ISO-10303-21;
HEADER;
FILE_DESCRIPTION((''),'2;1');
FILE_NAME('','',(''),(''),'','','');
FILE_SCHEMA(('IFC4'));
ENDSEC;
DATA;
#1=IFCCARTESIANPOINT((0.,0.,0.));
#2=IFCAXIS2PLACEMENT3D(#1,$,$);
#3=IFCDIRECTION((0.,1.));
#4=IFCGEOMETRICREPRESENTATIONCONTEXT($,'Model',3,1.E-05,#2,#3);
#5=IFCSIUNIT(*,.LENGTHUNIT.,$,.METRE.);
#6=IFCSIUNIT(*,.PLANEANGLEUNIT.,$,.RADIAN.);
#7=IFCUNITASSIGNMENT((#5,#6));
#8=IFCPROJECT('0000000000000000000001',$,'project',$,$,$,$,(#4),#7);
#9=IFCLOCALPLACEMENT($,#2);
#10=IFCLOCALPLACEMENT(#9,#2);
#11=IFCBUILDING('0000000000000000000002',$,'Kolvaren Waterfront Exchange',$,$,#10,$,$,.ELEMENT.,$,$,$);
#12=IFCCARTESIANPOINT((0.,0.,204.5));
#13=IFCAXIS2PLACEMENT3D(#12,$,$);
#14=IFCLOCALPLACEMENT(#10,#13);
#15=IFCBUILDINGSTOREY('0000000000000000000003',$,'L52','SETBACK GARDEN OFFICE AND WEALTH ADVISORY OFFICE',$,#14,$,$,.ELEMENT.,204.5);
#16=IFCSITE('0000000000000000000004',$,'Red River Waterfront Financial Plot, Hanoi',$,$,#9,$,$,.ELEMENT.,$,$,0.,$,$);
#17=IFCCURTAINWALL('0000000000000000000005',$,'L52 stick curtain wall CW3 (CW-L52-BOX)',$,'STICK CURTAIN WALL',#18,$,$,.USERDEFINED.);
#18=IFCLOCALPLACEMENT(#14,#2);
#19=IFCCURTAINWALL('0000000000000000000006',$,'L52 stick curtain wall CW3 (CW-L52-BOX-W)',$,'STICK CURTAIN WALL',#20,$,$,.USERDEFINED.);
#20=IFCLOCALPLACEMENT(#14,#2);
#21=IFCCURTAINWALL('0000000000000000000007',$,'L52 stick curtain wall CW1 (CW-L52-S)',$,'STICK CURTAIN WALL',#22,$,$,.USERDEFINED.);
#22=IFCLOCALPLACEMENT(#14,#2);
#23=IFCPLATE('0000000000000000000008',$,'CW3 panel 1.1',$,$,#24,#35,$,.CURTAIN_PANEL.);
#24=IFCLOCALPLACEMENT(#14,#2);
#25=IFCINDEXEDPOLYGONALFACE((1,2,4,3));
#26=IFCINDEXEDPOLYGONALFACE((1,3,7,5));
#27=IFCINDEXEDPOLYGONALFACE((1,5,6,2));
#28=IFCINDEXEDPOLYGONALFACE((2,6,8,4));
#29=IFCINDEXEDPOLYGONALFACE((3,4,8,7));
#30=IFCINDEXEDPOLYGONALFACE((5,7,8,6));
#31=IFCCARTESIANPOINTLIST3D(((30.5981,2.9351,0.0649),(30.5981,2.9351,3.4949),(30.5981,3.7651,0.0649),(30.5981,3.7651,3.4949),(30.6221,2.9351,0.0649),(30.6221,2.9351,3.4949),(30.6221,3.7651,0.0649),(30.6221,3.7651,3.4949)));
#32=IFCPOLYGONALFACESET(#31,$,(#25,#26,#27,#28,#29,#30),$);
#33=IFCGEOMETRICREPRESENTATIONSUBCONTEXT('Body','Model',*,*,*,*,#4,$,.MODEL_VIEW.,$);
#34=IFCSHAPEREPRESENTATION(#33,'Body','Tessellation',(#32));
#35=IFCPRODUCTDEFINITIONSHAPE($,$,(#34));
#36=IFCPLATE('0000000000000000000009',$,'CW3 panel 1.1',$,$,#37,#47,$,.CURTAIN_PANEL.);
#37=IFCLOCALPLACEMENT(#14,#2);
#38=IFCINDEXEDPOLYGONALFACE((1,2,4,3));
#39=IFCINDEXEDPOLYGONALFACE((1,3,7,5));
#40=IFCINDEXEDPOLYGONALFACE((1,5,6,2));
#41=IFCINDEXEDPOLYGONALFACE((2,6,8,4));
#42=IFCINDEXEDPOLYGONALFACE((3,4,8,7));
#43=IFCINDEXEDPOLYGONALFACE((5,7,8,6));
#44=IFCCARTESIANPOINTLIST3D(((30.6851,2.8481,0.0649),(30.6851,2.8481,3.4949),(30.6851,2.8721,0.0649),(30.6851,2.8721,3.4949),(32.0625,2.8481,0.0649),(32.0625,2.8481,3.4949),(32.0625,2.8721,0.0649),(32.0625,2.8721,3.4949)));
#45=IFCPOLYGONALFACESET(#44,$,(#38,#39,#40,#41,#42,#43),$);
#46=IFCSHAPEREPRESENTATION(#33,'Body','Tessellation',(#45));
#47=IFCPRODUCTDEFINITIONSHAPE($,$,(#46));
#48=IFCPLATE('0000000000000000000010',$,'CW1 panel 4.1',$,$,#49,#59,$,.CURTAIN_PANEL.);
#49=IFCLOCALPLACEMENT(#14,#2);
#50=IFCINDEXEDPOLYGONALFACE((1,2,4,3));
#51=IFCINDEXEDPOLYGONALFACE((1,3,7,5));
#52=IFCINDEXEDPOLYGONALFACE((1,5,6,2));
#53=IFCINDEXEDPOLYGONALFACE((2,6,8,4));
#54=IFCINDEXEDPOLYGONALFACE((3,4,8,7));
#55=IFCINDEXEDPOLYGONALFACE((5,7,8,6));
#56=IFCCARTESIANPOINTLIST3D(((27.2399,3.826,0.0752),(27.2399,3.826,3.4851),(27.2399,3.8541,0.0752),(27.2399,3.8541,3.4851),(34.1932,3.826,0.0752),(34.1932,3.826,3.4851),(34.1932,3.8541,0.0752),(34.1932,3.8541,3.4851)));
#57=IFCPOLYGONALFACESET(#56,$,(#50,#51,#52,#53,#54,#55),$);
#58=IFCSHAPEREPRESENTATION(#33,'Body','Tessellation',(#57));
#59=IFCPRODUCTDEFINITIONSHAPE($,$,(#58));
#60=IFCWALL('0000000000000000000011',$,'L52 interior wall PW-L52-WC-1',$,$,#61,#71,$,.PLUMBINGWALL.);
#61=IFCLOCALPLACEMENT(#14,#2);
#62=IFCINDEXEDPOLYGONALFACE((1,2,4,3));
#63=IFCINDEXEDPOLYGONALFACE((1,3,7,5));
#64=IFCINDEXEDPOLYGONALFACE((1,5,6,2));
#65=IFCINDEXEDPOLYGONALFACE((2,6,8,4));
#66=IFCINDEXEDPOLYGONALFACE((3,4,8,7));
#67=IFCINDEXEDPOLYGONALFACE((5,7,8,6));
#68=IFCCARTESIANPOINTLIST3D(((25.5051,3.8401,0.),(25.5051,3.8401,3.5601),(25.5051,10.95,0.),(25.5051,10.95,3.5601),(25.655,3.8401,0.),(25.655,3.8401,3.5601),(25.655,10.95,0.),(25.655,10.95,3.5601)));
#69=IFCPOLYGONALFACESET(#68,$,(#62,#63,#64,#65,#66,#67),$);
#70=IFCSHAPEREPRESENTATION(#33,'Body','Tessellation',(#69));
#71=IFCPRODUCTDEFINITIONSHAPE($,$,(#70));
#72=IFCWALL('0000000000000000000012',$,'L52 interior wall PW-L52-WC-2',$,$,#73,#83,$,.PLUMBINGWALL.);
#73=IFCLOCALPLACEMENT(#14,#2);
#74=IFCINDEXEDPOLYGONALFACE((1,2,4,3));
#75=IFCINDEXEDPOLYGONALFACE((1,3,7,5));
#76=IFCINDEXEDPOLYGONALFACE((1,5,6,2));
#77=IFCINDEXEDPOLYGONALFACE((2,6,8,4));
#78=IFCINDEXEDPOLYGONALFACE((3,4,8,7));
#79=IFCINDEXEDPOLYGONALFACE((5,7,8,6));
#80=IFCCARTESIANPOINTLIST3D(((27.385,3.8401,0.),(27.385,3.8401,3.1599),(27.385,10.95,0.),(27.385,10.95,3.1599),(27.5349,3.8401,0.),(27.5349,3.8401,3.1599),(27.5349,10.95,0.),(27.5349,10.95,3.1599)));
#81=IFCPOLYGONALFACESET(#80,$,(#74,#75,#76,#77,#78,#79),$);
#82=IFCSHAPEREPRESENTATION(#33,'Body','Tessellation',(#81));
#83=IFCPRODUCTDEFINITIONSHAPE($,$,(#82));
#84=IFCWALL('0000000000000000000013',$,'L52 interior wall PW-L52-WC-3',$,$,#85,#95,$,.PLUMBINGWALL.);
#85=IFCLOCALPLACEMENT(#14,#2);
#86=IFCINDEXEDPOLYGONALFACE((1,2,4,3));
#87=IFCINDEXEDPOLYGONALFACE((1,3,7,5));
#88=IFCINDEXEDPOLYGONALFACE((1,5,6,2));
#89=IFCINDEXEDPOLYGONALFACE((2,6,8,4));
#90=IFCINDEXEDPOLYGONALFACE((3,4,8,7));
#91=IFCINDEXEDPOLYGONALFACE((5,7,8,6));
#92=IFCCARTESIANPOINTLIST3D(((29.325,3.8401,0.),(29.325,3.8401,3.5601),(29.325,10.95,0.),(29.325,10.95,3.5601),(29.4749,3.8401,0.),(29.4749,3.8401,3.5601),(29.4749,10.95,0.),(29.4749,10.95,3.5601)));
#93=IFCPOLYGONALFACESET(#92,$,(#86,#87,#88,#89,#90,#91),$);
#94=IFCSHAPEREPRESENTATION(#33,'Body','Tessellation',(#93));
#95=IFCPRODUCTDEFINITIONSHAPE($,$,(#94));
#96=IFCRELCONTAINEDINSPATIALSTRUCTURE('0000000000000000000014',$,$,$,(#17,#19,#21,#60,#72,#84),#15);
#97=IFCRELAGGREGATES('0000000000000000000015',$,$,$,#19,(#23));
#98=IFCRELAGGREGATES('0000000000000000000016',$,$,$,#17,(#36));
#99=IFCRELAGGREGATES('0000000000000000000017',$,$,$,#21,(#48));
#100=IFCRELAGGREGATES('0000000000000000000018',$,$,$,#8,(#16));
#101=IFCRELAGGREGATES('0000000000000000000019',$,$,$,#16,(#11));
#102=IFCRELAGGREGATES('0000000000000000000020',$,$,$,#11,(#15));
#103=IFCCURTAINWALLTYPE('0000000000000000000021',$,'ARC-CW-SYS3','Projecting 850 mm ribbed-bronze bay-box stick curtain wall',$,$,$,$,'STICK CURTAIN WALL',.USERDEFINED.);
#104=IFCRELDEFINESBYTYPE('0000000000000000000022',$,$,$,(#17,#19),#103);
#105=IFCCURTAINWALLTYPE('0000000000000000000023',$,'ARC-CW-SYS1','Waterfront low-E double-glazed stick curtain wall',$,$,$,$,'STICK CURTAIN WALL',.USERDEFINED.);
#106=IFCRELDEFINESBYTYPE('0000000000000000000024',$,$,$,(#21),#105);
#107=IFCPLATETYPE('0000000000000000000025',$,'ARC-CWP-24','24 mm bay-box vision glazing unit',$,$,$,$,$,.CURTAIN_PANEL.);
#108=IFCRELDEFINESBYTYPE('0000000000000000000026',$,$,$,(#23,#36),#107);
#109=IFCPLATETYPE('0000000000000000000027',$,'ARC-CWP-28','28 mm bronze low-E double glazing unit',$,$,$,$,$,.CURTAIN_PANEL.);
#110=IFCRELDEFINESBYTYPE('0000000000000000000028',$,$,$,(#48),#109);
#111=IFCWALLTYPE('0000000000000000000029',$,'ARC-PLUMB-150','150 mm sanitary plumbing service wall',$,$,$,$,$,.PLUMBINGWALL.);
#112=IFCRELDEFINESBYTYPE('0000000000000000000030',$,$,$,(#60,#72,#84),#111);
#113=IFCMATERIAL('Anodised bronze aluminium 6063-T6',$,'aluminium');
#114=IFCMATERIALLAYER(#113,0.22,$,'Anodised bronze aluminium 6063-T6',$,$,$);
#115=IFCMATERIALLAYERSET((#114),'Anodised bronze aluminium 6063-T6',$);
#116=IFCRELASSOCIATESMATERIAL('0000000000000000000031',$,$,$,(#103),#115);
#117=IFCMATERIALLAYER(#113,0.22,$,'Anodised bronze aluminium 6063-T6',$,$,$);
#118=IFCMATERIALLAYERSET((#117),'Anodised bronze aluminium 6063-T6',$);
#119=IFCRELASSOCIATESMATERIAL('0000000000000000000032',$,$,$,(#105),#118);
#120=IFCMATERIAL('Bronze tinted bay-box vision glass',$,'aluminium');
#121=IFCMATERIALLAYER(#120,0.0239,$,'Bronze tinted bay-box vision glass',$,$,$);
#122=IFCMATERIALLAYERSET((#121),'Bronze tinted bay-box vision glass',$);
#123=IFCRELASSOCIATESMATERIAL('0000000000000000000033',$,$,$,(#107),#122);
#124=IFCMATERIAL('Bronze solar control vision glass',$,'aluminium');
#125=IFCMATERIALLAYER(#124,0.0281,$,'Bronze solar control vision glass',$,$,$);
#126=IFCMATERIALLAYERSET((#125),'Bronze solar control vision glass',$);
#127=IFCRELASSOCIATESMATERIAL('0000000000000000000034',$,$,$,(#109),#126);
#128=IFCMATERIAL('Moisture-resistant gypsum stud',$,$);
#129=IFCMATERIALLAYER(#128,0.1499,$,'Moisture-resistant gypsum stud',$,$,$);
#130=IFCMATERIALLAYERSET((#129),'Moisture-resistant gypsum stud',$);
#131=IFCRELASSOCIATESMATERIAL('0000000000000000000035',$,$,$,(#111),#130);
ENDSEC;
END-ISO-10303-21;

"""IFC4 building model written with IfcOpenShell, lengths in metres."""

from ifc_helpers import new_model, si_unit, direction, frame, frame_2d, origin, origin_with_axes, origin_2d, place, context, subcontext, project, spatial, rectangle, extrude, source, transform, mapped, material, layer, layer_set, type_object, element, aggregate, save


model = new_model("IFC4")

# Units and contexts
model_context = context("Model", 3, precision=1e-05, world=origin(), true_north=direction((0.0, 1.0)))
body_context = subcontext(model_context, "Body", "Model", "MODEL_VIEW")
ifc_project = project(units=[si_unit("LENGTHUNIT", "METRE"), si_unit("PLANEANGLEUNIT", "RADIAN")], contexts=[model_context])

# Site, building, storey
site_placement = place(None, origin())
site = spatial("IfcSite", under=ifc_project, at=site_placement, Name="Red River Waterfront Financial Plot, Hanoi", CompositionType="ELEMENT", RefElevation=0.0)
building_placement = place(site_placement, origin())
building = spatial("IfcBuilding", under=site, at=building_placement, Name="Kolvaren Waterfront Exchange", CompositionType="ELEMENT")
storey_placement = place(building_placement, frame((0.0, 0.0, 204.5)))
storey = spatial("IfcBuildingStorey", under=building, at=storey_placement, Name="L52", Description="SETBACK GARDEN OFFICE AND WEALTH ADVISORY OFFICE", CompositionType="ELEMENT", Elevation=204.5)

# Curtain walls
ifc_material_1 = material(Name="Anodised bronze aluminium 6063-T6", Category="aluminium")
ifc_layer_1 = layer(ifc_material_1, 0.22, Name="Anodised bronze aluminium 6063-T6")
ifc_layer_set_1 = layer_set([ifc_layer_1], Name="Anodised bronze aluminium 6063-T6")
curtain_wall_type_1 = type_object("IfcCurtainWallType", Name="ARC-CW-SYS3", Description="Projecting 850 mm ribbed-bronze bay-box stick curtain wall", ElementType="STICK CURTAIN WALL", PredefinedType="USERDEFINED", material=ifc_layer_set_1)
curtain_wall_1_placement = place(storey_placement, origin())
curtain_wall_1 = element("IfcCurtainWall", 1, at=curtain_wall_1_placement, inside=storey, type_object=curtain_wall_type_1, Name="L52 stick curtain wall CW3 (CW-L52-BOX)", ObjectType="STICK CURTAIN WALL", PredefinedType="USERDEFINED")
curtain_wall_2_placement = place(storey_placement, origin())
curtain_wall_2 = element("IfcCurtainWall", 2, at=curtain_wall_2_placement, inside=storey, type_object=curtain_wall_type_1, Name="L52 stick curtain wall CW3 (CW-L52-BOX-W)", ObjectType="STICK CURTAIN WALL", PredefinedType="USERDEFINED")

# Curtain wall
ifc_layer_2 = layer(ifc_material_1, 0.22, Name="Anodised bronze aluminium 6063-T6")
ifc_layer_set_2 = layer_set([ifc_layer_2], Name="Anodised bronze aluminium 6063-T6")
curtain_wall_type_2 = type_object("IfcCurtainWallType", Name="ARC-CW-SYS1", Description="Waterfront low-E double-glazed stick curtain wall", ElementType="STICK CURTAIN WALL", PredefinedType="USERDEFINED", material=ifc_layer_set_2)
curtain_wall_3_placement = place(storey_placement, origin())
curtain_wall_3 = element("IfcCurtainWall", 3, at=curtain_wall_3_placement, inside=storey, type_object=curtain_wall_type_2, Name="L52 stick curtain wall CW1 (CW-L52-S)", ObjectType="STICK CURTAIN WALL", PredefinedType="USERDEFINED")

# Plates
ifc_material_2 = material(Name="Bronze tinted bay-box vision glass", Category="aluminium")
ifc_layer_3 = layer(ifc_material_2, 0.0239, Name="Bronze tinted bay-box vision glass")
ifc_layer_set_3 = layer_set([ifc_layer_3], Name="Bronze tinted bay-box vision glass")
plate_type_1 = type_object("IfcPlateType", Name="ARC-CWP-24", Description="24 mm bay-box vision glazing unit", PredefinedType="CURTAIN_PANEL", material=ifc_layer_set_3)
shared_shape_1 = source(origin_with_axes(), body_context, "Body", "SweptSolid", [
    extrude(rectangle(XDim=0.8301, YDim=0.0239, at=origin_2d()), origin(), (0.0, 0.0, 1.0), 3.4299),
])
plate_1_placement = place(storey_placement, frame((30.6101, 3.3501, 0.0649), z_axis=(0.0, 0.0, 1.0), x_axis=(0.0, -1.0, 0.0)))
plate_1 = element("IfcPlate", 4, at=plate_1_placement, type_object=plate_type_1, Name="CW3 panel 1.1", PredefinedType="CURTAIN_PANEL", context=body_context, shape_type="MappedRepresentation", body=[
    mapped(shared_shape_1, transform((0.0, 0.0, 0.0), x_axis=(1.0, 0.0, 0.0), y_axis=(0.0, 1.0, 0.0), z_axis=(0.0, 0.0, 1.0), scale=1.0)),
])
aggregate(curtain_wall_2, [plate_1])
shared_shape_2 = source(origin_with_axes(), body_context, "Body", "SweptSolid", [
    extrude(rectangle(XDim=1.3774, YDim=0.0239, at=origin_2d()), origin(), (0.0, 0.0, 1.0), 3.4299),
])
plate_2_placement = place(storey_placement, frame((31.3738, 2.8601, 0.0649), z_axis=(0.0, 0.0, 1.0), x_axis=(1.0, 0.0, 0.0)))
plate_2 = element("IfcPlate", 5, at=plate_2_placement, type_object=plate_type_1, Name="CW3 panel 1.1", PredefinedType="CURTAIN_PANEL", context=body_context, shape_type="MappedRepresentation", body=[
    mapped(shared_shape_2, transform((0.0, 0.0, 0.0), x_axis=(1.0, 0.0, 0.0), y_axis=(0.0, 1.0, 0.0), z_axis=(0.0, 0.0, 1.0), scale=1.0)),
])
aggregate(curtain_wall_1, [plate_2])
ifc_material_3 = material(Name="Bronze solar control vision glass", Category="aluminium")
ifc_layer_4 = layer(ifc_material_3, 0.0281, Name="Bronze solar control vision glass")
ifc_layer_set_4 = layer_set([ifc_layer_4], Name="Bronze solar control vision glass")
plate_type_2 = type_object("IfcPlateType", Name="ARC-CWP-28", Description="28 mm bronze low-E double glazing unit", PredefinedType="CURTAIN_PANEL", material=ifc_layer_set_4)
shared_shape_3 = source(origin_with_axes(), body_context, "Body", "SweptSolid", [
    extrude(rectangle(XDim=6.9534, YDim=0.0281, at=origin_2d()), origin(), (0.0, 0.0, 1.0), 3.4099),
])
plate_3_placement = place(storey_placement, frame((30.7166, 3.8401, 0.0752), z_axis=(0.0, 0.0, 1.0), x_axis=(1.0, 0.0, 0.0)))
plate_3 = element("IfcPlate", 6, at=plate_3_placement, type_object=plate_type_2, Name="CW1 panel 4.1", PredefinedType="CURTAIN_PANEL", context=body_context, shape_type="MappedRepresentation", body=[
    mapped(shared_shape_3, transform((0.0, 0.0, 0.0), x_axis=(1.0, 0.0, 0.0), y_axis=(0.0, 1.0, 0.0), z_axis=(0.0, 0.0, 1.0), scale=1.0)),
])
aggregate(curtain_wall_3, [plate_3])

# Walls
ifc_material_4 = material(Name="Moisture-resistant gypsum stud")
ifc_layer_5 = layer(ifc_material_4, 0.1499, Name="Moisture-resistant gypsum stud")
ifc_layer_set_5 = layer_set([ifc_layer_5], Name="Moisture-resistant gypsum stud")
wall_type = type_object("IfcWallType", Name="ARC-PLUMB-150", Description="150 mm sanitary plumbing service wall", PredefinedType="PLUMBINGWALL", material=ifc_layer_set_5)
wall_1_placement = place(storey_placement, frame((25.5801, 3.8401, 0.0), z_axis=(0.0, 0.0, 1.0), x_axis=(0.0, 1.0, 0.0)))
element("IfcWall", 7, at=wall_1_placement, inside=storey, type_object=wall_type, Name="L52 interior wall PW-L52-WC-1", PredefinedType="PLUMBINGWALL", context=body_context, shape_type="SweptSolid", body=[
    extrude(rectangle(XDim=7.1099, YDim=0.1499, at=frame_2d((3.5549, 0.0))), origin(), (0.0, 0.0, 1.0), 3.5601),
])
wall_2_placement = place(storey_placement, frame((27.46, 3.8401, 0.0), z_axis=(0.0, 0.0, 1.0), x_axis=(0.0, 1.0, 0.0)))
element("IfcWall", 8, at=wall_2_placement, inside=storey, type_object=wall_type, Name="L52 interior wall PW-L52-WC-2", PredefinedType="PLUMBINGWALL", context=body_context, shape_type="SweptSolid", body=[
    extrude(rectangle(XDim=7.1099, YDim=0.1499, at=frame_2d((3.5549, 0.0))), origin(), (0.0, 0.0, 1.0), 3.1599),
])
wall_3_placement = place(storey_placement, frame((29.3999, 3.8401, 0.0), z_axis=(0.0, 0.0, 1.0), x_axis=(0.0, 1.0, 0.0)))
element("IfcWall", 9, at=wall_3_placement, inside=storey, type_object=wall_type, Name="L52 interior wall PW-L52-WC-3", PredefinedType="PLUMBINGWALL", context=body_context, shape_type="SweptSolid", body=[
    extrude(rectangle(XDim=7.1099, YDim=0.1499, at=frame_2d((3.5549, 0.0))), origin(), (0.0, 0.0, 1.0), 3.5601),
])

save(model, "model.ifc")
